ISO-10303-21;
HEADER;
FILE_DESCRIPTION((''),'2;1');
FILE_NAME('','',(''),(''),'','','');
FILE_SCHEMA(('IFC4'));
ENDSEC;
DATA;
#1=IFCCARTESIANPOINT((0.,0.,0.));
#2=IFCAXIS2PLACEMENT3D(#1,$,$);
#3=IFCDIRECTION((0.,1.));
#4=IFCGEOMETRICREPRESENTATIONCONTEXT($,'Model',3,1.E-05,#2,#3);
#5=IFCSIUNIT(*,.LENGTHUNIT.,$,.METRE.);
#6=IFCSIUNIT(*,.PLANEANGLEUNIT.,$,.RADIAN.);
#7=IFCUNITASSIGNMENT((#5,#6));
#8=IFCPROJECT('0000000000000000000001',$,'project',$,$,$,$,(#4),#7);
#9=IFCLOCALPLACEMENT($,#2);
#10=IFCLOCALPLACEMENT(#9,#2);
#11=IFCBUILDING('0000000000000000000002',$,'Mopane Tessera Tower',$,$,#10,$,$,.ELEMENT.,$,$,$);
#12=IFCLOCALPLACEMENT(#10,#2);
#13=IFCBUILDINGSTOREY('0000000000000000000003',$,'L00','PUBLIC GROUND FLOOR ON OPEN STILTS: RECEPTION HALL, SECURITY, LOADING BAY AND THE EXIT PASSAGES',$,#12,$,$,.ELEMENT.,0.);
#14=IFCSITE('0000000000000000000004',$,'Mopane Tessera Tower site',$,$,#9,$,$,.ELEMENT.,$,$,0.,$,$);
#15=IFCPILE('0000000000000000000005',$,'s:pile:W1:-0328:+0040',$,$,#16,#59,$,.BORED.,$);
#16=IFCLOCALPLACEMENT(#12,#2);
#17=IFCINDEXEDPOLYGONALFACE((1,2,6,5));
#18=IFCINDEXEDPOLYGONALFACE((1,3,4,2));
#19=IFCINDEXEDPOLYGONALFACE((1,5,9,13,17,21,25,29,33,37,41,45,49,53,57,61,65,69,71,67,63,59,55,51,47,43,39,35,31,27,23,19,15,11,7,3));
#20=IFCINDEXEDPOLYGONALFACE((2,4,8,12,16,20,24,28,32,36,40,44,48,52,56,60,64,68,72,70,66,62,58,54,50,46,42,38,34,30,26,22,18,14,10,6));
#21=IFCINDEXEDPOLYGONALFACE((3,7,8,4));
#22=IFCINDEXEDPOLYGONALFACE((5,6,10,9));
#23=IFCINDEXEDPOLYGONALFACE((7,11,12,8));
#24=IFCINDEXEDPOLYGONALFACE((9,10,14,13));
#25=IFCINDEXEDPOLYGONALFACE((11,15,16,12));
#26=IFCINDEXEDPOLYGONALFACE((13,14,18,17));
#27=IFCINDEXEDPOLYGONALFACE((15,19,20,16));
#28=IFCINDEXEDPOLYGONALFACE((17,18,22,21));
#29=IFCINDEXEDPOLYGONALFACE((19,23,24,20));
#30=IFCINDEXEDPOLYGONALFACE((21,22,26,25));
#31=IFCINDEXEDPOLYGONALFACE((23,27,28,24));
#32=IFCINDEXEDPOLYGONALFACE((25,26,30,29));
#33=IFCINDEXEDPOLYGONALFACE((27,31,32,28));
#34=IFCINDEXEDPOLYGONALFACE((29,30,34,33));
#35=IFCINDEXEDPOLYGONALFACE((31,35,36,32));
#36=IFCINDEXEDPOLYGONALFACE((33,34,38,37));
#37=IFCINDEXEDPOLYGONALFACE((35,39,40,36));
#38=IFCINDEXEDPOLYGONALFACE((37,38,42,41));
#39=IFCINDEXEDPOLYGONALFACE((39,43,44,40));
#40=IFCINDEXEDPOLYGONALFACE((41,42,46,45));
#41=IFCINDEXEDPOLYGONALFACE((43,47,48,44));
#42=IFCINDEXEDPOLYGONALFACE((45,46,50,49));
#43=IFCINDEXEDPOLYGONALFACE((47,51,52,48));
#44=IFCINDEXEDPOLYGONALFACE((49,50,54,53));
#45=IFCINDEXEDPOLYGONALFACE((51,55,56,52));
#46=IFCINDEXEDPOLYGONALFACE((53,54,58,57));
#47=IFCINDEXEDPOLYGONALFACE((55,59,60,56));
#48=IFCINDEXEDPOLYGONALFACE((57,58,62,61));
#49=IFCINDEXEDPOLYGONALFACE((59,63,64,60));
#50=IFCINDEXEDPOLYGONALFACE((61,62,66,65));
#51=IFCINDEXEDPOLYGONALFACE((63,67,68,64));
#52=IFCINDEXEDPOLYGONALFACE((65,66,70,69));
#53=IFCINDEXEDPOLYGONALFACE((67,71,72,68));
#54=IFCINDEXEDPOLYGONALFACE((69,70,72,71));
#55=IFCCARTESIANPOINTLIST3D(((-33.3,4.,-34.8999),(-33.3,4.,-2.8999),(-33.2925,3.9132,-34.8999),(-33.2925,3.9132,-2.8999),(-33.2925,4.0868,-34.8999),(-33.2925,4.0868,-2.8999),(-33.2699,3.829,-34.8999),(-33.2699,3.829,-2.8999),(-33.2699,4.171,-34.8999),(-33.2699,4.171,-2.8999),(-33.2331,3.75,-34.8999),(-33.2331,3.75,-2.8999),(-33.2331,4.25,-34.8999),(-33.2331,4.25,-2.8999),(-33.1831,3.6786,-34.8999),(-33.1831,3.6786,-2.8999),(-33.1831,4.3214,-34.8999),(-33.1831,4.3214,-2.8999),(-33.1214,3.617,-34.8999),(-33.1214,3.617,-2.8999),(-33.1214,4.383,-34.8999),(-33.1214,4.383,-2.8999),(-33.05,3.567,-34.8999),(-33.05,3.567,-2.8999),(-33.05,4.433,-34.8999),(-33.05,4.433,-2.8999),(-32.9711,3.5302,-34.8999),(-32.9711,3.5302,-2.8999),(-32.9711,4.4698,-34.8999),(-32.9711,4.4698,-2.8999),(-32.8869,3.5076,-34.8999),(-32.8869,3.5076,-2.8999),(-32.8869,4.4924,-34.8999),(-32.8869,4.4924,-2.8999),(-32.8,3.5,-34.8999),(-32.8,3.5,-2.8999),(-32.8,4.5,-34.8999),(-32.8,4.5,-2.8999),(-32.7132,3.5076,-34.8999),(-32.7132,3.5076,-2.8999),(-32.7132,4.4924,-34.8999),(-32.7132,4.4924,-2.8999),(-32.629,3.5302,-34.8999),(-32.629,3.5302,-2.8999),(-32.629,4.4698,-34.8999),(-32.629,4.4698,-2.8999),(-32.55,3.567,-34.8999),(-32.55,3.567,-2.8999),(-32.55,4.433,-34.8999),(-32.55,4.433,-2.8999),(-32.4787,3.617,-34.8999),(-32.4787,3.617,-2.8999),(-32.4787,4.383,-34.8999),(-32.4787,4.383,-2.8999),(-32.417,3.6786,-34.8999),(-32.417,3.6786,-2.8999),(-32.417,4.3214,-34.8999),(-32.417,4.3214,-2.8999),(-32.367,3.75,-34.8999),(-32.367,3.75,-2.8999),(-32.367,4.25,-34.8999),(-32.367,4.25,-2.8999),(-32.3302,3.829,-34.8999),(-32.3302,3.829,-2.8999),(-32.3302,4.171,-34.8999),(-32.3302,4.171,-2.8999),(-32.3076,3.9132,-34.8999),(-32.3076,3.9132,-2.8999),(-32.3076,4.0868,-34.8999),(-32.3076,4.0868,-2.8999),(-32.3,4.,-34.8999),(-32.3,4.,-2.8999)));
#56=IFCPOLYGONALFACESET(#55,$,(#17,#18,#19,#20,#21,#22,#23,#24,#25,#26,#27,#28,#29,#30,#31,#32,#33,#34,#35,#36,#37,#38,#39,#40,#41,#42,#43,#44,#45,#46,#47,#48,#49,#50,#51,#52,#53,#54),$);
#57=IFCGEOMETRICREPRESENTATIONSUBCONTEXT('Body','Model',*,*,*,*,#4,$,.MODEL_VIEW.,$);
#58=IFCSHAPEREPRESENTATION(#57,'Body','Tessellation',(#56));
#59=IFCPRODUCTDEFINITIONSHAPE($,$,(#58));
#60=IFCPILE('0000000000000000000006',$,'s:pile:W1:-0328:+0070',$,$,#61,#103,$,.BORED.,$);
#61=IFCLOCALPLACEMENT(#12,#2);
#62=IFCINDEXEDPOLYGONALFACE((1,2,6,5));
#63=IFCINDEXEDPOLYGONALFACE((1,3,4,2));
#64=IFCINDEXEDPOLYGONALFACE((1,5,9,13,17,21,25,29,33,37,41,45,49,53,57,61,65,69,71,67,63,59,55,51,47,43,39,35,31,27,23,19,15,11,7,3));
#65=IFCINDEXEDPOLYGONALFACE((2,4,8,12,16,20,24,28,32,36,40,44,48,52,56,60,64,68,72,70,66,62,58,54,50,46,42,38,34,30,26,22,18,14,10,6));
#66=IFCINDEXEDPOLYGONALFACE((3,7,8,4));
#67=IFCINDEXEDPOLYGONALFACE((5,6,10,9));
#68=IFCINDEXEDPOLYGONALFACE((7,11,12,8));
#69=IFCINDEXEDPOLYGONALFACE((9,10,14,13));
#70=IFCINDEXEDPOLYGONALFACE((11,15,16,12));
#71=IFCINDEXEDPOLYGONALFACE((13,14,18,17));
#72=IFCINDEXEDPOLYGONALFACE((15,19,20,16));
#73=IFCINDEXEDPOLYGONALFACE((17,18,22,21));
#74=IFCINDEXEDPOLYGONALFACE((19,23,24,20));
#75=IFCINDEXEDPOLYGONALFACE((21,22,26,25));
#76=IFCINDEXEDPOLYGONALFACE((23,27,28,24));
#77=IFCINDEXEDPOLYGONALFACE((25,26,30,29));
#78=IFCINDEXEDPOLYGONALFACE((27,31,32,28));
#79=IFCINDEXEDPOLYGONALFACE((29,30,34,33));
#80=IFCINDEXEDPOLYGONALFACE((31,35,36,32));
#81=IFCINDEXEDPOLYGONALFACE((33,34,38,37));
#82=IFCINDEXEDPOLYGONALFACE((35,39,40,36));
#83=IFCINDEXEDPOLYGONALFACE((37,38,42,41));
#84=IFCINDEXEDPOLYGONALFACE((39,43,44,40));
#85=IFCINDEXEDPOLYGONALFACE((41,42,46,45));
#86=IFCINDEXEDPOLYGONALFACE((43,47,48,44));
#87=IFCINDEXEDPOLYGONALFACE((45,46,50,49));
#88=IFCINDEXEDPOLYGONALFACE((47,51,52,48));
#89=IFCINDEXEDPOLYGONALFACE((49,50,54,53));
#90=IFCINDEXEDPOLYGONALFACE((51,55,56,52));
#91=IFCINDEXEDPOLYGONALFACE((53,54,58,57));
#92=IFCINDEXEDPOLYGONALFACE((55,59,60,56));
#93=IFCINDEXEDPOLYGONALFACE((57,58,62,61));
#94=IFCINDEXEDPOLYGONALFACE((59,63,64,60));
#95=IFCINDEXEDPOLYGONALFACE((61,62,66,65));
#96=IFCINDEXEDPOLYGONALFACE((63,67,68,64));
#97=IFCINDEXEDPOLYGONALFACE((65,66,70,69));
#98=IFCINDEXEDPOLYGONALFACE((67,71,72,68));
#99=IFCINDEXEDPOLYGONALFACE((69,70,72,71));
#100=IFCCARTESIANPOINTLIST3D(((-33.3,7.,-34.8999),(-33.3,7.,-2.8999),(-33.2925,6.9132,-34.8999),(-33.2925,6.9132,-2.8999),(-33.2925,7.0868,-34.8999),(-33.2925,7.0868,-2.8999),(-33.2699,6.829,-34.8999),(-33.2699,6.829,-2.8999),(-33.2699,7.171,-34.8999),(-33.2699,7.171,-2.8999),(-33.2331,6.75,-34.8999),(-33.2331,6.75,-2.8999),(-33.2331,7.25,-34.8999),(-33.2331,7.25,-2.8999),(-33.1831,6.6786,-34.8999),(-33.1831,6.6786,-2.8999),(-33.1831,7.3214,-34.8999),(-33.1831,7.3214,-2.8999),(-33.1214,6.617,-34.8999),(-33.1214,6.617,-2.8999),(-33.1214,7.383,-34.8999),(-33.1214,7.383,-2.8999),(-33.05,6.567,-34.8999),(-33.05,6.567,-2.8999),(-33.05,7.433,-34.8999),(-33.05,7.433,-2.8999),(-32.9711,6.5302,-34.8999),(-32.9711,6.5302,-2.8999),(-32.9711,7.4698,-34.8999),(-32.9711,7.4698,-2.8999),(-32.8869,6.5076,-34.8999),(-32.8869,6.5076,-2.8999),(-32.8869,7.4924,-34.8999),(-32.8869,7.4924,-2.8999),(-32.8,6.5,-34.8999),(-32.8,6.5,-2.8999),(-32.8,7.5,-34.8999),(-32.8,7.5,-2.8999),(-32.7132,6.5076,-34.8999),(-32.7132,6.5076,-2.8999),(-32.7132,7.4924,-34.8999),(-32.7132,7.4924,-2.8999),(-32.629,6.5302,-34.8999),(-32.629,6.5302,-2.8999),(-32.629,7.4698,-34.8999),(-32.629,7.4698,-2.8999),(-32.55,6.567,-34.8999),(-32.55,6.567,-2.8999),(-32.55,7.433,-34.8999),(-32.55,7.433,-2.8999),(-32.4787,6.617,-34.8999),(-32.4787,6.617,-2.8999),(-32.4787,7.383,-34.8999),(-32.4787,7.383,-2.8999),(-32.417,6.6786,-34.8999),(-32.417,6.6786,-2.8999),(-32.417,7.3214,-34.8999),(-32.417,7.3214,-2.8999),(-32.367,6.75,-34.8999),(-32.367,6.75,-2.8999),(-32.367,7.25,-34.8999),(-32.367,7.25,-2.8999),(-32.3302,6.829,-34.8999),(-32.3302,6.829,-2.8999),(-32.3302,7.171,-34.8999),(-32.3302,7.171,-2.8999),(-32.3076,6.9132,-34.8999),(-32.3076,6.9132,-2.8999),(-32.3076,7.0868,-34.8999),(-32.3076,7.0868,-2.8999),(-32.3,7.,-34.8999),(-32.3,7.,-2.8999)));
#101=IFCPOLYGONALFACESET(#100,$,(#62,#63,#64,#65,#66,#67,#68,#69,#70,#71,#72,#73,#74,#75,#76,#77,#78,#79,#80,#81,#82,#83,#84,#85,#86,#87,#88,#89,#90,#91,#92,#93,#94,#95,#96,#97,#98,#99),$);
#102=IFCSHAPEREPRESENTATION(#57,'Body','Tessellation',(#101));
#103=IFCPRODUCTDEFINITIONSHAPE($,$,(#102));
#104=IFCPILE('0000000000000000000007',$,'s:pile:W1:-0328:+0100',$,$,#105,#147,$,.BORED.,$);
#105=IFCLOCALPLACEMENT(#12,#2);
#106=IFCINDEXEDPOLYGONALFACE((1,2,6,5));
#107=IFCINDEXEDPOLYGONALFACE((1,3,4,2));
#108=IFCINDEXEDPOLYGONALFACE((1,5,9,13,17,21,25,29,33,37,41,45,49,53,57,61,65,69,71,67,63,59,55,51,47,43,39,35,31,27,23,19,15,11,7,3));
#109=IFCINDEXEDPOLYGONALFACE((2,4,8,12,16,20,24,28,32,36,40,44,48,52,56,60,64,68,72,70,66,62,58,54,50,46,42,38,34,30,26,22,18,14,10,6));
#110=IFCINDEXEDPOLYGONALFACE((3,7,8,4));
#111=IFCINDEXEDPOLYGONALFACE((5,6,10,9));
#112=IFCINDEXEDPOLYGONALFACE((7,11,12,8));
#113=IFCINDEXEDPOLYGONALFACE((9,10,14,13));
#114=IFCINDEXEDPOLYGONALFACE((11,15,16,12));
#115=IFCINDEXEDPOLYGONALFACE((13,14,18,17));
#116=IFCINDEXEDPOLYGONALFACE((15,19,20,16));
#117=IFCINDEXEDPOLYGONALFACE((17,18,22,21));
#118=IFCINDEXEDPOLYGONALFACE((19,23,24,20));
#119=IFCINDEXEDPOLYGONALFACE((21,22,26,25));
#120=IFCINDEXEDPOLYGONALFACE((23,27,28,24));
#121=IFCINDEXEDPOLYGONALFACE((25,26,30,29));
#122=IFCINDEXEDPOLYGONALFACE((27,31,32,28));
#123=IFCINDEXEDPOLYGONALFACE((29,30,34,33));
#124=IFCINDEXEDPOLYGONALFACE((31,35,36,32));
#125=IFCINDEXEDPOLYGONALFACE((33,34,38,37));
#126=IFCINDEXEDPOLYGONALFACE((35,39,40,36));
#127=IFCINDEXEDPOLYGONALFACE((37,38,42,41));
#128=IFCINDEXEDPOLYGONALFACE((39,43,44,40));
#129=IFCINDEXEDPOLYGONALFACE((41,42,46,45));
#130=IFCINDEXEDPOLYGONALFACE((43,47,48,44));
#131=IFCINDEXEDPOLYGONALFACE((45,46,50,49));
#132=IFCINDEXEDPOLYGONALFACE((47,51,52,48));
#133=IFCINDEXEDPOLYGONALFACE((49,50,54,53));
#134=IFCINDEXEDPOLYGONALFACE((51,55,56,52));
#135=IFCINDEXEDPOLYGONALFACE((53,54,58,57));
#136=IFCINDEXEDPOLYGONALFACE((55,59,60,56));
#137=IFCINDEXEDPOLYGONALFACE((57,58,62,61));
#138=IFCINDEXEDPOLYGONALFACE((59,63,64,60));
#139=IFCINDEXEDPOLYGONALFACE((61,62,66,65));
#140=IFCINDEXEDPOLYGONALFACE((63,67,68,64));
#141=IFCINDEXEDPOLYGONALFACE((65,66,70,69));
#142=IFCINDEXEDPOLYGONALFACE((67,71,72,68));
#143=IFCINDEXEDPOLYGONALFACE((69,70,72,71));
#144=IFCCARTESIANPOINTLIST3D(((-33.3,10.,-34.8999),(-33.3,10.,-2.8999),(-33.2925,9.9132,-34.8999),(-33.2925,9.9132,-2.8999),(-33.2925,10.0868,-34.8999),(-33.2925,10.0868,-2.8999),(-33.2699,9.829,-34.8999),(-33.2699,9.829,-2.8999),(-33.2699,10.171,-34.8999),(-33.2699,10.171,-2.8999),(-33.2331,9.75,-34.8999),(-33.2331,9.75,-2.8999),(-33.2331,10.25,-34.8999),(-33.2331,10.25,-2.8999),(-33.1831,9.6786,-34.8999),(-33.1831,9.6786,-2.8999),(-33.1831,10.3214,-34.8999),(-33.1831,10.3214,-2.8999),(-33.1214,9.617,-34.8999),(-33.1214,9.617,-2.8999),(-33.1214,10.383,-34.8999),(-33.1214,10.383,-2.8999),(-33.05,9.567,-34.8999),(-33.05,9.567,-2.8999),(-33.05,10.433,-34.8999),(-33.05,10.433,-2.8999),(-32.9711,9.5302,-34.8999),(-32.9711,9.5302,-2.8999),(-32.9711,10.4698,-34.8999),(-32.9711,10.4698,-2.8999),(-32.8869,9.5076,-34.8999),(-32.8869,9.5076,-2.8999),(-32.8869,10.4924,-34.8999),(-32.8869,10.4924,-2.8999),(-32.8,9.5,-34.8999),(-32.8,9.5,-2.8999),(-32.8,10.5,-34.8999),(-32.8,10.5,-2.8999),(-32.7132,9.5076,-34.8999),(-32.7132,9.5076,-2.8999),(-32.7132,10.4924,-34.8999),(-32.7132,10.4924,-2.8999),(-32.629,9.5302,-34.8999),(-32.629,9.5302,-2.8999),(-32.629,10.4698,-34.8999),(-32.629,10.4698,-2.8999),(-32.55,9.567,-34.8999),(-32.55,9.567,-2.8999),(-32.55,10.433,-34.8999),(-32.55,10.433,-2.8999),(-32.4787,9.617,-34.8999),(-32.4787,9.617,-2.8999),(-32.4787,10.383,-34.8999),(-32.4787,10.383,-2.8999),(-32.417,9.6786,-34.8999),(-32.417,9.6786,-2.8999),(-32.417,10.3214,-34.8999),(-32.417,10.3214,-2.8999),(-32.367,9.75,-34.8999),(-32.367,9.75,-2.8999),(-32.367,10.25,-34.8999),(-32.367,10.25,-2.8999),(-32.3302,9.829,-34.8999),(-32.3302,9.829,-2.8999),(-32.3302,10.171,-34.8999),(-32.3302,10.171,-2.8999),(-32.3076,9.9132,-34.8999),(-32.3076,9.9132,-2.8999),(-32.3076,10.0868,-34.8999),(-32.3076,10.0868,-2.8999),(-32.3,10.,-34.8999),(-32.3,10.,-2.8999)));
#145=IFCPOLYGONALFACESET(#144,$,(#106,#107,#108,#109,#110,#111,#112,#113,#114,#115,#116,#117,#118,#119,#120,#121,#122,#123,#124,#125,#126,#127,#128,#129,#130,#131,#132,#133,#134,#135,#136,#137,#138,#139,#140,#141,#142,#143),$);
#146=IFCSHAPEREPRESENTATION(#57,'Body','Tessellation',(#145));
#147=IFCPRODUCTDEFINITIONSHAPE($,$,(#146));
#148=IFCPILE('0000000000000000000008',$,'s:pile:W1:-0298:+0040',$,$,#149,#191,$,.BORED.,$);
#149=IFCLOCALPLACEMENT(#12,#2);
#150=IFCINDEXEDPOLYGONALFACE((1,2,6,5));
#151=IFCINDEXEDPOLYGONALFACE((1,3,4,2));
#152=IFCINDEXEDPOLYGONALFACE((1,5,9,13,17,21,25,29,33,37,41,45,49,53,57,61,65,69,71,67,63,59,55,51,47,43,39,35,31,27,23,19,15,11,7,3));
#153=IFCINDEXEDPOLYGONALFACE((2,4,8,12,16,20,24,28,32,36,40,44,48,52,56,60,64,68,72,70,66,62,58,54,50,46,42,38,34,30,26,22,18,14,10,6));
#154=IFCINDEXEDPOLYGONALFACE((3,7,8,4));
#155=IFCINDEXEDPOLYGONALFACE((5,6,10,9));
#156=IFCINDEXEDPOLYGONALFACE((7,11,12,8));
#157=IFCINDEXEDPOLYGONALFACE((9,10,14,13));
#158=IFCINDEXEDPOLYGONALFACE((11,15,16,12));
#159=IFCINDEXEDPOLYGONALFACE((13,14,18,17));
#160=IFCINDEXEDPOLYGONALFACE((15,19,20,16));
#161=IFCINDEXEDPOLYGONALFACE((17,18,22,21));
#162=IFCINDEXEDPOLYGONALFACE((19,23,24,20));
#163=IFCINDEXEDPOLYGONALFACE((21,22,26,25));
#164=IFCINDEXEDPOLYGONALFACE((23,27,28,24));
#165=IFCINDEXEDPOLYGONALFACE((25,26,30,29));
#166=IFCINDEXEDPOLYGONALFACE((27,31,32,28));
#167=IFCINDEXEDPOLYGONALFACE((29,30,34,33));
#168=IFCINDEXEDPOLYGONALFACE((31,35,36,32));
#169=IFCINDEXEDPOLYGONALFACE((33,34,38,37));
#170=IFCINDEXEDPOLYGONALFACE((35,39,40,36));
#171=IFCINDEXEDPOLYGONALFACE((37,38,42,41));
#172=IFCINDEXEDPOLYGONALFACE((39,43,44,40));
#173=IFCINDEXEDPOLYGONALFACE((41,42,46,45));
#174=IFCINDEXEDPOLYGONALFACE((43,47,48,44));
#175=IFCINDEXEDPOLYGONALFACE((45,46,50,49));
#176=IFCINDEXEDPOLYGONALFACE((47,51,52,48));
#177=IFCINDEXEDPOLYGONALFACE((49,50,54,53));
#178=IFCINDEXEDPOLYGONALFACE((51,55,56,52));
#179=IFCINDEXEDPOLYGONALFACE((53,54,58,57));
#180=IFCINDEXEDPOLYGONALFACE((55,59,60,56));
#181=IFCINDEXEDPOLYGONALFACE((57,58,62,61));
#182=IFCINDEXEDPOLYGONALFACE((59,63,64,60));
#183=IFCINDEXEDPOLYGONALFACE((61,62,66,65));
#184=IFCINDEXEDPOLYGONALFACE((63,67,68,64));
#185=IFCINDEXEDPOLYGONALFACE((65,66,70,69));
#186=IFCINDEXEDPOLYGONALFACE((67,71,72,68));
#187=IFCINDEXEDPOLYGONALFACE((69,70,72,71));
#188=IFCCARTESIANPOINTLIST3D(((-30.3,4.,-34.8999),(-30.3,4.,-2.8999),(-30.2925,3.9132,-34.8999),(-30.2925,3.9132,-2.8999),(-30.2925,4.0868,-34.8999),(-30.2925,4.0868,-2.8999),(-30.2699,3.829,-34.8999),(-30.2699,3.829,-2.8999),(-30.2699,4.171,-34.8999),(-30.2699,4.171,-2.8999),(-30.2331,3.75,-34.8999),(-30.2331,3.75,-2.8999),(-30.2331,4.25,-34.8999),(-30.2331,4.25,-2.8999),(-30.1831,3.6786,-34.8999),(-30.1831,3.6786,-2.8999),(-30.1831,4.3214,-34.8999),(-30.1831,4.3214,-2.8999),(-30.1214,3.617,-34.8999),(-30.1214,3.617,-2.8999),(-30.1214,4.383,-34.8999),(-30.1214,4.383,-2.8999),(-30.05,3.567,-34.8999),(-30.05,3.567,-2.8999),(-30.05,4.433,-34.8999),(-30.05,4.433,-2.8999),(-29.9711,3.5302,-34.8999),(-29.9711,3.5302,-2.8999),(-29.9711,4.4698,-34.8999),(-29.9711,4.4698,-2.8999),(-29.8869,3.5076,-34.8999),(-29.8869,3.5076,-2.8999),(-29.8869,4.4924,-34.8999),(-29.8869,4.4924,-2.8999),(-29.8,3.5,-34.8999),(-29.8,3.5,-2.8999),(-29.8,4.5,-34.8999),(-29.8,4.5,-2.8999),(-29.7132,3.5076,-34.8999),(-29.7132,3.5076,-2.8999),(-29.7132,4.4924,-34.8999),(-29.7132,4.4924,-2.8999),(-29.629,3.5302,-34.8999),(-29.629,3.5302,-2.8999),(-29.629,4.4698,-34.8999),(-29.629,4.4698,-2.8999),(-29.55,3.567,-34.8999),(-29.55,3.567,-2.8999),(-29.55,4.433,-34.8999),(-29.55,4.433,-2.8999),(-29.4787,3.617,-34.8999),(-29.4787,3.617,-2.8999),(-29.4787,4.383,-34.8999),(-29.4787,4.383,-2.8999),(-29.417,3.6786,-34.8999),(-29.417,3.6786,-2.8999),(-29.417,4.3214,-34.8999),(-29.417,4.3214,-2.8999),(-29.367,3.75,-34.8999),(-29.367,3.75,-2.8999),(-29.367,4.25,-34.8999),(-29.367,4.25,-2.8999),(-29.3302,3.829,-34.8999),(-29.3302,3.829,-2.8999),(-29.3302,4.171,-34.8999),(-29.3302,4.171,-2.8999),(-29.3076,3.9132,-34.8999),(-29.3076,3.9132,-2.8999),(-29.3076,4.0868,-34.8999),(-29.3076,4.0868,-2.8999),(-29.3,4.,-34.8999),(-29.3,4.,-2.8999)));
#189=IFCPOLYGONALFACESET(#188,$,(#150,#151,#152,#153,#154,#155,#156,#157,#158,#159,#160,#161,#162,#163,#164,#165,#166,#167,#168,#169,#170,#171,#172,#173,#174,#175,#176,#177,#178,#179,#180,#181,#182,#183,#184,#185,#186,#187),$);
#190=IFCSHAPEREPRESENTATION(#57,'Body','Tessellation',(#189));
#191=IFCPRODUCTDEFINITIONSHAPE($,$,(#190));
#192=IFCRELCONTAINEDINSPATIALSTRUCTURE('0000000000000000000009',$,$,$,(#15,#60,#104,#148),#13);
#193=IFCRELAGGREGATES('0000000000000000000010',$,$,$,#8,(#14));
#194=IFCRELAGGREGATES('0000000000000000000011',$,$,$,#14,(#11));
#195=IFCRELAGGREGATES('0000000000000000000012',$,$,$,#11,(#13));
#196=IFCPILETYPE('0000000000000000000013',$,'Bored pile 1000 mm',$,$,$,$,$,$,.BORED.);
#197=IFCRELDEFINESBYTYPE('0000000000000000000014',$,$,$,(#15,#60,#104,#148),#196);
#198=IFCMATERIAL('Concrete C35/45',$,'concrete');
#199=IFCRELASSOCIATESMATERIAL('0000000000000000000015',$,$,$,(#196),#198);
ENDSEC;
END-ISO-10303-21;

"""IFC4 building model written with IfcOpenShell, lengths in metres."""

from ifc_helpers import new_model, si_unit, direction, frame, origin, origin_2d, place, context, subcontext, project, spatial, circle, extrude, material, material_profile, profile_set, type_object, element, save


model = new_model("IFC4")

# Units and contexts
model_context = context("Model", 3, precision=1e-05, world=origin(), true_north=direction((0.0, 1.0)))
body_context = subcontext(model_context, "Body", "Model", "MODEL_VIEW")
ifc_project = project(units=[si_unit("LENGTHUNIT", "METRE"), si_unit("PLANEANGLEUNIT", "RADIAN")], contexts=[model_context])

# Site, building, storey
site_placement = place(None, origin())
site = spatial("IfcSite", under=ifc_project, at=site_placement, Name="Mopane Tessera Tower site", CompositionType="ELEMENT", RefElevation=0.0)
building_placement = place(site_placement, origin())
building = spatial("IfcBuilding", under=site, at=building_placement, Name="Mopane Tessera Tower", CompositionType="ELEMENT")
storey_placement = place(building_placement, origin())
storey = spatial("IfcBuildingStorey", under=building, at=storey_placement, Name="L00", Description="PUBLIC GROUND FLOOR ON OPEN STILTS: RECEPTION HALL, SECURITY, LOADING BAY AND THE EXIT PASSAGES", CompositionType="ELEMENT", Elevation=0.0)

# Piles
ifc_material_1 = material(Name="Concrete C35/45", Category="concrete")
ifc_material_profile_1 = material_profile(ifc_material_1, circle(Radius=0.5, at=origin_2d()))
ifc_profile_set_1 = profile_set([ifc_material_profile_1], Name="Concrete C35/45")
pile_type_1 = type_object("IfcPileType", Name="Bored pile 1000 mm", PredefinedType="BORED", material=ifc_profile_set_1)
for number, where, z_axis, x_axis, name in (
    (1, (-32.8, 4.0, -2.8999), (0.0, 0.0, -1.0), (1.0, 0.0, 0.0), "s:pile:W1:-0328:+0040"),
    (2, (-32.8, 7.0, -2.8999), (0.0, 0.0, -1.0), (1.0, 0.0, 0.0), "s:pile:W1:-0328:+0070"),
    (3, (-32.8, 10.0, -2.8999), (0.0, 0.0, -1.0), (1.0, 0.0, 0.0), "s:pile:W1:-0328:+0100"),
    (4, (-29.8, 4.0, -2.8999), (0.0, 0.0, -1.0), (1.0, 0.0, 0.0), "s:pile:W1:-0298:+0040"),
):
    element("IfcPile", number, at=place(storey_placement, frame(where, z_axis=z_axis, x_axis=x_axis)), inside=storey, type_object=pile_type_1, Name=name, PredefinedType="BORED", context=body_context, shape_type="SweptSolid", body=[
        extrude(circle(Radius=0.5, at=origin_2d()), origin(), (0.0, 0.0, 1.0), 32.0),
    ])

save(model, "model.ifc")
